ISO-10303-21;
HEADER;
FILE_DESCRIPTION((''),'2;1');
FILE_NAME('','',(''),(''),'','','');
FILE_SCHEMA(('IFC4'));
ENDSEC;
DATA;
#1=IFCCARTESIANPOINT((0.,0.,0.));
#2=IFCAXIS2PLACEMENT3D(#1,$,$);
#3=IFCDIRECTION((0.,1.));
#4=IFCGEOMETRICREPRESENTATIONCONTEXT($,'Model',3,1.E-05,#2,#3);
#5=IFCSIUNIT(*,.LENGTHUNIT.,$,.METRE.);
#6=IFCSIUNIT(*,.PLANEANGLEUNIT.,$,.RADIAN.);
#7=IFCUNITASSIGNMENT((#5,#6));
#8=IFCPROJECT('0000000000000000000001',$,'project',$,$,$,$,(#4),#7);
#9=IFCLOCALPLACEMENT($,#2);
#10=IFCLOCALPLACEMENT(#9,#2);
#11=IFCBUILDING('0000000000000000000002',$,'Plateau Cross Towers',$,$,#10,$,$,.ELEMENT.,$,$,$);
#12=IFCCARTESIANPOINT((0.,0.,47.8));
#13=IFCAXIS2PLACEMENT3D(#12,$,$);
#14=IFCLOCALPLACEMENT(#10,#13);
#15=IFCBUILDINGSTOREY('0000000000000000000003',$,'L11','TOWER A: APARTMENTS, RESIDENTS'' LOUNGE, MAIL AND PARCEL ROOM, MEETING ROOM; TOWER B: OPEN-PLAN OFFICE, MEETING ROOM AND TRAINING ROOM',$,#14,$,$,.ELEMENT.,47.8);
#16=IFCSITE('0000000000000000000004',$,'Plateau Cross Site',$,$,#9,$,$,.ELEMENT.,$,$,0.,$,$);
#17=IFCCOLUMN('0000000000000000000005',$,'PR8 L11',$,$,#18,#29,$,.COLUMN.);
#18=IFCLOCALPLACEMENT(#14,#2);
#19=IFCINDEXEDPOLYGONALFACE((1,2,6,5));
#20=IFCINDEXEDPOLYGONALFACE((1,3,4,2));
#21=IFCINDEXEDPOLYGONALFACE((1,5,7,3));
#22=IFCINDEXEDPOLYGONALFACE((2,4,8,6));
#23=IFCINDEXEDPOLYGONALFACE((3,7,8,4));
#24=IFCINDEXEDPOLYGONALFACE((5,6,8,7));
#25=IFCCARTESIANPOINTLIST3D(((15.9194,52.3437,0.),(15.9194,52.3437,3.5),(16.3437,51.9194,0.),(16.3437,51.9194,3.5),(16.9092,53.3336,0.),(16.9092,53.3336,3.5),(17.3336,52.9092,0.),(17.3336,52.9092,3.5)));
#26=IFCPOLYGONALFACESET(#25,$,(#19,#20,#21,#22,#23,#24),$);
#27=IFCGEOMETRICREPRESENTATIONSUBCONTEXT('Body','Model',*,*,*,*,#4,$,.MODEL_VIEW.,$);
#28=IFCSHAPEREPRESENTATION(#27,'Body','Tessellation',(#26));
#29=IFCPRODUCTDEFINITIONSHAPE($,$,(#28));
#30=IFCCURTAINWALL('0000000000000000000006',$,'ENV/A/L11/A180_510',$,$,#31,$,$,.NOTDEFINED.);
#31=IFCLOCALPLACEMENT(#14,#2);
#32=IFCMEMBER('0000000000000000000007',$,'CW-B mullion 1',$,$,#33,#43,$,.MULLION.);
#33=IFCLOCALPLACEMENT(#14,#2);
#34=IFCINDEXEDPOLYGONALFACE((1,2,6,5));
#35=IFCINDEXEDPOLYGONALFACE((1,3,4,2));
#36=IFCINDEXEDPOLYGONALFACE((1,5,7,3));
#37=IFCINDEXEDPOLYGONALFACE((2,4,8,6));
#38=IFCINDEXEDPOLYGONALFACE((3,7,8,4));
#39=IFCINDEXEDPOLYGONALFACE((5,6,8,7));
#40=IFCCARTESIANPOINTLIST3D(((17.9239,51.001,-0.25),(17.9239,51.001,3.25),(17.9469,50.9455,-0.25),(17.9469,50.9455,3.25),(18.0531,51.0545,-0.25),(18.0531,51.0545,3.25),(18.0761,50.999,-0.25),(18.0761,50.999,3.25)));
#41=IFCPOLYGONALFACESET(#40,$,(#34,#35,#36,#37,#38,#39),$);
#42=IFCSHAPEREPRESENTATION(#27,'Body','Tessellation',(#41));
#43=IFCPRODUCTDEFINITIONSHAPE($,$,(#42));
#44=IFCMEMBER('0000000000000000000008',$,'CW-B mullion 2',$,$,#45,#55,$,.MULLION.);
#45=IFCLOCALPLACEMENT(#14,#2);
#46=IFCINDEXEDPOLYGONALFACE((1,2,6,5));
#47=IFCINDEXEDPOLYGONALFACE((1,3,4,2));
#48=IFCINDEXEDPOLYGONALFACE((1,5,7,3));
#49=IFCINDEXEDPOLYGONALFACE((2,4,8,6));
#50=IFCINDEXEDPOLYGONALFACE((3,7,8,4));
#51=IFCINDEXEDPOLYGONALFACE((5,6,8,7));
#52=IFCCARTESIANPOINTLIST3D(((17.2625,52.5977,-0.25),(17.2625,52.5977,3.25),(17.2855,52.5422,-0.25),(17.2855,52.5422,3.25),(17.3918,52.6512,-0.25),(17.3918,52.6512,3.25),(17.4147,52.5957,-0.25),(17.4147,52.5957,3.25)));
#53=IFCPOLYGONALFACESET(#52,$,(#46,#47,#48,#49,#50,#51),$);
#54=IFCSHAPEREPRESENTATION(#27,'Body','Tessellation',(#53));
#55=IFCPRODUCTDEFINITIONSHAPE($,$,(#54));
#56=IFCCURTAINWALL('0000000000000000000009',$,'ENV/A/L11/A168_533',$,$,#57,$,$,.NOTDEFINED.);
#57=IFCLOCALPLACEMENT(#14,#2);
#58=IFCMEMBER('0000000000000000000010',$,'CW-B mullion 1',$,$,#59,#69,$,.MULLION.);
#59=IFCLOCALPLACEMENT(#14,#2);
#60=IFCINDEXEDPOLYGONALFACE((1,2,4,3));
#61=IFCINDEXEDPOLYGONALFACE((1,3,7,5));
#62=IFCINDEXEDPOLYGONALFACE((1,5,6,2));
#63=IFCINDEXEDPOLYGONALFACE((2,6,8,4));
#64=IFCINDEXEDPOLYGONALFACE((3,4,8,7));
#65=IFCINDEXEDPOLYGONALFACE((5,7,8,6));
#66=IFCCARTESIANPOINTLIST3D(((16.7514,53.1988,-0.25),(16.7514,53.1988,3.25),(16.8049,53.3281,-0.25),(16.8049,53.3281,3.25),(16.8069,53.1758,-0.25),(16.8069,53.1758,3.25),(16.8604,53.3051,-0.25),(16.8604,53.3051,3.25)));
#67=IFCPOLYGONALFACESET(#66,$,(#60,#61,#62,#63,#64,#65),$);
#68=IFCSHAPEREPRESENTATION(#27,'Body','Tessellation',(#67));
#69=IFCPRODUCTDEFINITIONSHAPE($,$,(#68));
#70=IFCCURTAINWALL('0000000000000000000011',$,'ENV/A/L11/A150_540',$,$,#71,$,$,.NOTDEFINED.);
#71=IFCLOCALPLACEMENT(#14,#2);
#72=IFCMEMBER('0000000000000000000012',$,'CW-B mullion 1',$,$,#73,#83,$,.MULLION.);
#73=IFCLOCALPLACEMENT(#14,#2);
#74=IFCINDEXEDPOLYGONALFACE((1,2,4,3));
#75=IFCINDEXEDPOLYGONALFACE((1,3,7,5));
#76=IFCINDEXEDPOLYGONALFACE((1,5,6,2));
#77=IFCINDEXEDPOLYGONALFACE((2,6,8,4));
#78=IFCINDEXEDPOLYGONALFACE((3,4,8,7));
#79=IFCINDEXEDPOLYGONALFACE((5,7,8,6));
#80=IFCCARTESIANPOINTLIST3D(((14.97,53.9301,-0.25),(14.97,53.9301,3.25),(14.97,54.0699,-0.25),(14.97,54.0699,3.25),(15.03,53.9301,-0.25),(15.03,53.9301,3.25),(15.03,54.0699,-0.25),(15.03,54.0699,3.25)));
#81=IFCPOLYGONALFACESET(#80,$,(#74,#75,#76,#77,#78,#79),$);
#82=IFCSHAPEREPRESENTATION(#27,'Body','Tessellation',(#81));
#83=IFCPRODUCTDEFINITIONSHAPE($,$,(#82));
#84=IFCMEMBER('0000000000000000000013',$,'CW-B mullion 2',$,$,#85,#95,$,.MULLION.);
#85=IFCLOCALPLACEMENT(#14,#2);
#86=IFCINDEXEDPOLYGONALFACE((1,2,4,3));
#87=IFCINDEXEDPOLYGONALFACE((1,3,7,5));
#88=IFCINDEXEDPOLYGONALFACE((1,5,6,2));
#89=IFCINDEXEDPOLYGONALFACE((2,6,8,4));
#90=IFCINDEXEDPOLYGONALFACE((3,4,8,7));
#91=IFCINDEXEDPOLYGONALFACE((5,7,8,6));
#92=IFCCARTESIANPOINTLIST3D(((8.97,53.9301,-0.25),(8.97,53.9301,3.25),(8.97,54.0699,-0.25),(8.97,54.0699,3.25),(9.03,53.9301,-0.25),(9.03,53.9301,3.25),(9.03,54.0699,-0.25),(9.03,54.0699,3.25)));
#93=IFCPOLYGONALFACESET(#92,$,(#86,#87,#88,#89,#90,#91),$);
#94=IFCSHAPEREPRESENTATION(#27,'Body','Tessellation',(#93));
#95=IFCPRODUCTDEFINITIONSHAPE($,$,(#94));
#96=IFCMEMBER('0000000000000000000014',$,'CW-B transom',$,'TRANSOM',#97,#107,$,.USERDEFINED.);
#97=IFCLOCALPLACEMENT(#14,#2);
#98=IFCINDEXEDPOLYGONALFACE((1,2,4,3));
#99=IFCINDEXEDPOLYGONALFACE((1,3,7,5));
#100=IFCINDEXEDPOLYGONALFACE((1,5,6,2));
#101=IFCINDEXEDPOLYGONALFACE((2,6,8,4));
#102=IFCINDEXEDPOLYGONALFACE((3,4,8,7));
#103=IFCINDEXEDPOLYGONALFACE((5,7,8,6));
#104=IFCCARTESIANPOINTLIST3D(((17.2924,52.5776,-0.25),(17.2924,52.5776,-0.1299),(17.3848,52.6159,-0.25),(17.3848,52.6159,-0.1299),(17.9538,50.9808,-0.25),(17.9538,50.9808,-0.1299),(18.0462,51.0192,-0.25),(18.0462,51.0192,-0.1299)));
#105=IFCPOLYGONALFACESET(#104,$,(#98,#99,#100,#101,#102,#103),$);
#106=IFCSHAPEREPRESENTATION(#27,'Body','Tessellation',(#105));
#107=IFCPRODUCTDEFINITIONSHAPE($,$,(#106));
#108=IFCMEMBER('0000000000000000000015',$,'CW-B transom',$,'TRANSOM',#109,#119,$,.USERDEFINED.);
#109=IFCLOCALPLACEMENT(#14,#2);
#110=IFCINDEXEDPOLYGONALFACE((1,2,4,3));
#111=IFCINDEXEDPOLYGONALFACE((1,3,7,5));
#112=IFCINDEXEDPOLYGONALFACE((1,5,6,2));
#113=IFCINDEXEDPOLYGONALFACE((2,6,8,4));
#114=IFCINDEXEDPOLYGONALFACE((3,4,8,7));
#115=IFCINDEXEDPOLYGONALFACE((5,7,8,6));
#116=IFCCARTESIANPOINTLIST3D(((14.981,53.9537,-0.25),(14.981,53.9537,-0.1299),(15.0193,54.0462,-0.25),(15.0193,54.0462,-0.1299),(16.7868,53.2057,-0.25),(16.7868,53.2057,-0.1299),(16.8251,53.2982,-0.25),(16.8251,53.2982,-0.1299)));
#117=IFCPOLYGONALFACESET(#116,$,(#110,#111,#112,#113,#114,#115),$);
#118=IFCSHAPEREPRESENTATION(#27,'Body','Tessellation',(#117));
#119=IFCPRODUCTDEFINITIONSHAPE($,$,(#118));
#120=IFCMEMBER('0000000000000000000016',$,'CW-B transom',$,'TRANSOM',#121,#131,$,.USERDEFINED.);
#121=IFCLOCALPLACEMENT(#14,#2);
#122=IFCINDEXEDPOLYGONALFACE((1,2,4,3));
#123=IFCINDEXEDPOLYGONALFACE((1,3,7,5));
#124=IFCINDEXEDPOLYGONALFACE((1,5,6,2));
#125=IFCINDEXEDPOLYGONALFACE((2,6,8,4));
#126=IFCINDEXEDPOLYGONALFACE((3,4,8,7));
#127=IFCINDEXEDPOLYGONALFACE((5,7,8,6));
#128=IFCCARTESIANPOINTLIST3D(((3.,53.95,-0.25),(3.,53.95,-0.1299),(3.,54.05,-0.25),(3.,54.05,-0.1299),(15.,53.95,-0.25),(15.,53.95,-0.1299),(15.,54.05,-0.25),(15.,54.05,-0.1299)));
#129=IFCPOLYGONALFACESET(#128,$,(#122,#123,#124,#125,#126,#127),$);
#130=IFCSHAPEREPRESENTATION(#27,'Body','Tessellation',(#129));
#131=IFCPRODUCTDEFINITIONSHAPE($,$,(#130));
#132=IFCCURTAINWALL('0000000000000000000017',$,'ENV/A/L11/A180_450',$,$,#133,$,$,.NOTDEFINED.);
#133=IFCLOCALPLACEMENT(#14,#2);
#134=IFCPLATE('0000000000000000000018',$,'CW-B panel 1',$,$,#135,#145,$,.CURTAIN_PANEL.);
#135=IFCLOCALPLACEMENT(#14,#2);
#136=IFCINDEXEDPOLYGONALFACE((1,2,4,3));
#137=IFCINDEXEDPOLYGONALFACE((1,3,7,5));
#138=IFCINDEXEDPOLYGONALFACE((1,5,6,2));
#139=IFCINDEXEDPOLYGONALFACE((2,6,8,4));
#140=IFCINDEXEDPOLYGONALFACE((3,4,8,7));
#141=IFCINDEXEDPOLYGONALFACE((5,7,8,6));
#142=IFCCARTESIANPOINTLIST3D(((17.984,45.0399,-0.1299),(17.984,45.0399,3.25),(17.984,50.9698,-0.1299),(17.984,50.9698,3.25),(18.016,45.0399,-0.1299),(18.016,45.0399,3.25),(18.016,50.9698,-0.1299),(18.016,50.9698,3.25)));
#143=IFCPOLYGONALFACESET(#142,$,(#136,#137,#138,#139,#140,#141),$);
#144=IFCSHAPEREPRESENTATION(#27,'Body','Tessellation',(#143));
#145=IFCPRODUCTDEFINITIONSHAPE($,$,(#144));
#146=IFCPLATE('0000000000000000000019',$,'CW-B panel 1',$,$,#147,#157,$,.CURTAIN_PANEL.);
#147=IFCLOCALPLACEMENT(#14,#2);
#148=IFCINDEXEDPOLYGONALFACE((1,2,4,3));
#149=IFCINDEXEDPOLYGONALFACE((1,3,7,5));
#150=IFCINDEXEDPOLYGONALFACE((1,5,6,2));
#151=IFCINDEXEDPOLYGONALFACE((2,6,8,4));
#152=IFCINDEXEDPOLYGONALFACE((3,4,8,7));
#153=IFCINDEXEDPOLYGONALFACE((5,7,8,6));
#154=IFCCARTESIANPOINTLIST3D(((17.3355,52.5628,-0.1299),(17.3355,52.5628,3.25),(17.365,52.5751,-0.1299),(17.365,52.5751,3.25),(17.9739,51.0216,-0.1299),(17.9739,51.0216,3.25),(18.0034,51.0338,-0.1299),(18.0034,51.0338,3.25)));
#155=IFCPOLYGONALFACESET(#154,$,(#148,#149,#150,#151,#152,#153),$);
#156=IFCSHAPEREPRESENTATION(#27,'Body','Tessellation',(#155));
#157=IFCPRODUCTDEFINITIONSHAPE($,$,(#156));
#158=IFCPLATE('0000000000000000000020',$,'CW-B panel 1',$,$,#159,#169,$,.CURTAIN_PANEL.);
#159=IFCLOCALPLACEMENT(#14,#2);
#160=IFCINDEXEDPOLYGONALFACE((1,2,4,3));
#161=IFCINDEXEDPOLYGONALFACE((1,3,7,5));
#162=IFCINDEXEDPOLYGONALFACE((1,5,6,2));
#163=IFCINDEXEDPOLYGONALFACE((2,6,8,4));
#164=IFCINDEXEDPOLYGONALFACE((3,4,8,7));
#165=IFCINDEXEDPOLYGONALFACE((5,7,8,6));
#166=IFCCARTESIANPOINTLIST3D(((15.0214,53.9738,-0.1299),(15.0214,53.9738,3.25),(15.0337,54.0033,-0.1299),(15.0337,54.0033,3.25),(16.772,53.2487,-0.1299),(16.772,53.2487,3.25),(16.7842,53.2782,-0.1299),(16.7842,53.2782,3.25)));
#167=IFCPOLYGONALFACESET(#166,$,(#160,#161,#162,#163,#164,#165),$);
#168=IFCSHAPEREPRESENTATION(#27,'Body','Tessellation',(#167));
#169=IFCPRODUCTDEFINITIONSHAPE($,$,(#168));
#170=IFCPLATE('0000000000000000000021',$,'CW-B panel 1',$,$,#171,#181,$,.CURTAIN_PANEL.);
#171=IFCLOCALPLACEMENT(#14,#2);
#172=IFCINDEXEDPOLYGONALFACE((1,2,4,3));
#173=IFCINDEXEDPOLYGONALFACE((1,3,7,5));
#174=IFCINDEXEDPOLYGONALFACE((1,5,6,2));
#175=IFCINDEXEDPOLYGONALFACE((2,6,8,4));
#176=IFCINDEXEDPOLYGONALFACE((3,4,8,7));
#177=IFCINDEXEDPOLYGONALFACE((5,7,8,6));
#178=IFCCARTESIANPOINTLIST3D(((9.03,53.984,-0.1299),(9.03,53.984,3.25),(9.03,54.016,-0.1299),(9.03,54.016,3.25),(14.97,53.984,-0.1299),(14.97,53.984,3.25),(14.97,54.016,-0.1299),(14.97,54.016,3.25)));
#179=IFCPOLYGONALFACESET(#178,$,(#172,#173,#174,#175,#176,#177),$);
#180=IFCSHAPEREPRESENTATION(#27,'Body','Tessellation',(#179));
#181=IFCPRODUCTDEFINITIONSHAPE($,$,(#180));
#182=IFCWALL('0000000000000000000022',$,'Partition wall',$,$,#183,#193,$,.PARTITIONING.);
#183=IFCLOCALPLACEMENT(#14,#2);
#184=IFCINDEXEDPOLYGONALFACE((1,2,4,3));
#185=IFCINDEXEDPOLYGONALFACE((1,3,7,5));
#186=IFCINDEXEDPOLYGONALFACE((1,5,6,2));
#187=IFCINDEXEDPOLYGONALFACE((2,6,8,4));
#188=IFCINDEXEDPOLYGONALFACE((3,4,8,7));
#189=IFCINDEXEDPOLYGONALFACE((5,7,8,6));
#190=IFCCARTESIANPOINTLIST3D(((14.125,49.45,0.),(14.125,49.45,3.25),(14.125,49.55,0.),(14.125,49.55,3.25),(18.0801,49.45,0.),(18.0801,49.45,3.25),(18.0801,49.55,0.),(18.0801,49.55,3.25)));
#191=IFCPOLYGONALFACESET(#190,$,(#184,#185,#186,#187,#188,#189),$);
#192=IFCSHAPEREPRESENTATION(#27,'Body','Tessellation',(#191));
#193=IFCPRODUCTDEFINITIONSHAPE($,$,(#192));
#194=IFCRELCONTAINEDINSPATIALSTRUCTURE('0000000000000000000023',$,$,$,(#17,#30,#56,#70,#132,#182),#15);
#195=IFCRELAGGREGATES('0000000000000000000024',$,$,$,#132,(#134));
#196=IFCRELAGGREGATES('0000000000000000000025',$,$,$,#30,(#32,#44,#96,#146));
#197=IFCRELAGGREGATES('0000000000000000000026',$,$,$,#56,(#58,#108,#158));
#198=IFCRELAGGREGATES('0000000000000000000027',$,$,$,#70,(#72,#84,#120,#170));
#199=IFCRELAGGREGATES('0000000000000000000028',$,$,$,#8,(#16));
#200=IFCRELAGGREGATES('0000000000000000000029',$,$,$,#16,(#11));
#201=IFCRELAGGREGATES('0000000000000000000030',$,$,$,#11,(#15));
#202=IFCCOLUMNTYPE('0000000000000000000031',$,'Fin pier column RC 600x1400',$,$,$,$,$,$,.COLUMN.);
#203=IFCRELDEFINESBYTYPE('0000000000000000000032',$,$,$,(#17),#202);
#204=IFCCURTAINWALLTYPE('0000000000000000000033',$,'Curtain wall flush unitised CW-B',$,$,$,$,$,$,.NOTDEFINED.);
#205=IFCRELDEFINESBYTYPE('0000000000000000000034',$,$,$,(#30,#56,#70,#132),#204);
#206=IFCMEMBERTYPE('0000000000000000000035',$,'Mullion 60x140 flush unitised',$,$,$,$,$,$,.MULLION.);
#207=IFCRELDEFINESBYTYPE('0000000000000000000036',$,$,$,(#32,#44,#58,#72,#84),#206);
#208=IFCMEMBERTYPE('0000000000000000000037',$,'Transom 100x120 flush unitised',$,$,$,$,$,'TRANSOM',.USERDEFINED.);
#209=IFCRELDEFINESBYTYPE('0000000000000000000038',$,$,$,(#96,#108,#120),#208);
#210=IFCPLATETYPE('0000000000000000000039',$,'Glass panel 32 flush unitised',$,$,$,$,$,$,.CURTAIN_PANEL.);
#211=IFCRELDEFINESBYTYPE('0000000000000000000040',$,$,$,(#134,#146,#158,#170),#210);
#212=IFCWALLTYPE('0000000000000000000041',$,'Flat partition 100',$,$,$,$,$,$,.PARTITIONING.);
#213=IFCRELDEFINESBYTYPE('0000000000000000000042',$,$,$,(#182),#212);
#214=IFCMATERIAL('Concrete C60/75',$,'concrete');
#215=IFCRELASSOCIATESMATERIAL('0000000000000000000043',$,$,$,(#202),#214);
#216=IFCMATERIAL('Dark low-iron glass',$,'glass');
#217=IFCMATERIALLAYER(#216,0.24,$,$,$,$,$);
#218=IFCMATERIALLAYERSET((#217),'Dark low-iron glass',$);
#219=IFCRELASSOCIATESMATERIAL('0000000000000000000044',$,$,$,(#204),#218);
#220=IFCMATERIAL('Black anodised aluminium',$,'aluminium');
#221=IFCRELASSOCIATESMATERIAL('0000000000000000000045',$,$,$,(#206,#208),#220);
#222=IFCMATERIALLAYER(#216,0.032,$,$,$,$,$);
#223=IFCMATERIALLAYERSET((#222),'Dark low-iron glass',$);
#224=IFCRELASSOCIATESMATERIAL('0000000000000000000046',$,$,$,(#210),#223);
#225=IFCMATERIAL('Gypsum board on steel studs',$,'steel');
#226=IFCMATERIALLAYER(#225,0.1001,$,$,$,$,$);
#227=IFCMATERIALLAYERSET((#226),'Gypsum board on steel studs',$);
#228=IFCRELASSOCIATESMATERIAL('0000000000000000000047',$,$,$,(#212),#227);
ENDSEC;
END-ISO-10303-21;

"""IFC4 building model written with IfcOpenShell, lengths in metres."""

from ifc_helpers import new_model, si_unit, direction, frame, frame_2d, origin, origin_2d, place, context, subcontext, project, spatial, rectangle, extrude, material, layer, layer_set, material_profile, profile_set, type_object, element, aggregate, save


model = new_model("IFC4")

# Units and contexts
model_context = context("Model", 3, precision=1e-05, world=origin(), true_north=direction((0.0, 1.0)))
body_context = subcontext(model_context, "Body", "Model", "MODEL_VIEW")
ifc_project = project(units=[si_unit("LENGTHUNIT", "METRE"), si_unit("PLANEANGLEUNIT", "RADIAN")], contexts=[model_context])

# Site, building, storey
site_placement = place(None, origin())
site = spatial("IfcSite", under=ifc_project, at=site_placement, Name="Plateau Cross Site", CompositionType="ELEMENT", RefElevation=0.0)
building_placement = place(site_placement, origin())
building = spatial("IfcBuilding", under=site, at=building_placement, Name="Plateau Cross Towers", CompositionType="ELEMENT")
storey_placement = place(building_placement, frame((0.0, 0.0, 47.8)))
storey = spatial("IfcBuildingStorey", under=building, at=storey_placement, Name="L11", Description="TOWER A: APARTMENTS, RESIDENTS' LOUNGE, MAIL AND PARCEL ROOM, MEETING ROOM; TOWER B: OPEN-PLAN OFFICE, MEETING ROOM AND TRAINING ROOM", CompositionType="ELEMENT", Elevation=47.8)

# Column
ifc_material_1 = material(Name="Concrete C60/75", Category="concrete")
ifc_material_profile_1 = material_profile(ifc_material_1, rectangle(XDim=0.6001, YDim=1.3999, at=origin_2d()), Name="RC 600x1400")
ifc_profile_set_1 = profile_set([ifc_material_profile_1], Name="Concrete C60/75")
column_type = type_object("IfcColumnType", Name="Fin pier column RC 600x1400", PredefinedType="COLUMN", material=ifc_profile_set_1)
column_placement = place(storey_placement, frame((16.6265, 52.6265, 0.0), z_axis=(0.0, 0.0, 1.0), x_axis=(-0.707107, 0.707107, 0.0)))
element("IfcColumn", 1, at=column_placement, inside=storey, type_object=column_type, Name="PR8 L11", PredefinedType="COLUMN", context=body_context, shape_type="SweptSolid", body=[
    extrude(rectangle(XDim=0.6001, YDim=1.3999, at=origin_2d()), origin(), (0.0, 0.0, 1.0), 3.5),
])

# Curtain wall, members
ifc_material_2 = material(Name="Dark low-iron glass", Category="glass")
ifc_layer_1 = layer(ifc_material_2, 0.24)
ifc_layer_set_1 = layer_set([ifc_layer_1], Name="Dark low-iron glass")
curtain_wall_type = type_object("IfcCurtainWallType", Name="Curtain wall flush unitised CW-B", PredefinedType="NOTDEFINED", material=ifc_layer_set_1)
curtain_wall_1_placement = place(storey_placement, origin())
curtain_wall_1 = element("IfcCurtainWall", 2, at=curtain_wall_1_placement, inside=storey, type_object=curtain_wall_type, Name="ENV/A/L11/A180_510", PredefinedType="NOTDEFINED")
ifc_material_3 = material(Name="Black anodised aluminium", Category="aluminium")
ifc_material_profile_2 = material_profile(ifc_material_3, rectangle(XDim=0.0601, YDim=0.1399, at=origin_2d()), Name="MULLION 60x140")
ifc_profile_set_2 = profile_set([ifc_material_profile_2], Name="Black anodised aluminium")
member_type_1 = type_object("IfcMemberType", Name="Mullion 60x140 flush unitised", PredefinedType="MULLION", material=ifc_profile_set_2)
member_1_placement = place(storey_placement, frame((18.0, 51.0, -0.25), z_axis=(0.0, 0.0, 1.0), x_axis=(-0.382684, 0.923879, 0.0)))
member_1 = element("IfcMember", 3, at=member_1_placement, type_object=member_type_1, Name="CW-B mullion 1", PredefinedType="MULLION", context=body_context, shape_type="SweptSolid", body=[
    extrude(rectangle(XDim=0.0601, YDim=0.1399, at=origin_2d()), origin(), (0.0, 0.0, 1.0), 3.5),
])
member_2_placement = place(storey_placement, frame((17.3386, 52.5967, -0.25), z_axis=(0.0, 0.0, 1.0), x_axis=(-0.382684, 0.923879, 0.0)))
member_2 = element("IfcMember", 4, at=member_2_placement, type_object=member_type_1, Name="CW-B mullion 2", PredefinedType="MULLION", context=body_context, shape_type="SweptSolid", body=[
    extrude(rectangle(XDim=0.0601, YDim=0.1399, at=origin_2d()), origin(), (0.0, 0.0, 1.0), 3.5),
])

# Curtain wall, member
curtain_wall_2_placement = place(storey_placement, origin())
curtain_wall_2 = element("IfcCurtainWall", 5, at=curtain_wall_2_placement, inside=storey, type_object=curtain_wall_type, Name="ENV/A/L11/A168_533", PredefinedType="NOTDEFINED")
member_3_placement = place(storey_placement, frame((16.8059, 53.252, -0.25), z_axis=(0.0, 0.0, 1.0), x_axis=(-0.923879, 0.382684, 0.0)))
member_3 = element("IfcMember", 6, at=member_3_placement, type_object=member_type_1, Name="CW-B mullion 1", PredefinedType="MULLION", context=body_context, shape_type="SweptSolid", body=[
    extrude(rectangle(XDim=0.0601, YDim=0.1399, at=origin_2d()), origin(), (0.0, 0.0, 1.0), 3.5),
])

# Curtain wall, members
curtain_wall_3_placement = place(storey_placement, origin())
curtain_wall_3 = element("IfcCurtainWall", 7, at=curtain_wall_3_placement, inside=storey, type_object=curtain_wall_type, Name="ENV/A/L11/A150_540", PredefinedType="NOTDEFINED")
member_4_placement = place(storey_placement, frame((15.0, 54.0, -0.25), z_axis=(0.0, 0.0, 1.0), x_axis=(-1.0, 0.0, 0.0)))
member_4 = element("IfcMember", 8, at=member_4_placement, type_object=member_type_1, Name="CW-B mullion 1", PredefinedType="MULLION", context=body_context, shape_type="SweptSolid", body=[
    extrude(rectangle(XDim=0.0601, YDim=0.1399, at=origin_2d()), origin(), (0.0, 0.0, 1.0), 3.5),
])
member_5_placement = place(storey_placement, frame((9.0, 54.0, -0.25), z_axis=(0.0, 0.0, 1.0), x_axis=(-1.0, 0.0, 0.0)))
member_5 = element("IfcMember", 9, at=member_5_placement, type_object=member_type_1, Name="CW-B mullion 2", PredefinedType="MULLION", context=body_context, shape_type="SweptSolid", body=[
    extrude(rectangle(XDim=0.0601, YDim=0.1399, at=origin_2d()), origin(), (0.0, 0.0, 1.0), 3.5),
])

# Members
ifc_material_profile_3 = material_profile(ifc_material_3, rectangle(XDim=0.1001, YDim=0.1201, at=origin_2d()), Name="TRANSOM 100x120")
ifc_profile_set_3 = profile_set([ifc_material_profile_3], Name="Black anodised aluminium")
member_type_2 = type_object("IfcMemberType", Name="Transom 100x120 flush unitised", ElementType="TRANSOM", PredefinedType="USERDEFINED", material=ifc_profile_set_3)
member_6_placement = place(storey_placement, frame((18.0, 51.0, -0.1899), z_axis=(-0.382689, 0.923877, 0.0), x_axis=(-0.923877, -0.382689, 0.0)))
member_6 = element("IfcMember", 10, at=member_6_placement, type_object=member_type_2, Name="CW-B transom", ObjectType="TRANSOM", PredefinedType="USERDEFINED", context=body_context, shape_type="SweptSolid", body=[
    extrude(rectangle(XDim=0.1001, YDim=0.1201, at=origin_2d()), origin(), (0.0, 0.0, 1.0), 1.7283),
])
member_7_placement = place(storey_placement, frame((16.8059, 53.252, -0.1899), z_axis=(-0.923877, 0.38269, 0.0), x_axis=(-0.38269, -0.923877, 0.0)))
member_7 = element("IfcMember", 11, at=member_7_placement, type_object=member_type_2, Name="CW-B transom", ObjectType="TRANSOM", PredefinedType="USERDEFINED", context=body_context, shape_type="SweptSolid", body=[
    extrude(rectangle(XDim=0.1001, YDim=0.1201, at=origin_2d()), origin(), (0.0, 0.0, 1.0), 1.9546),
])
member_8_placement = place(storey_placement, frame((15.0, 54.0, -0.1899), z_axis=(-1.0, 0.0, 0.0), x_axis=(0.0, -1.0, 0.0)))
member_8 = element("IfcMember", 12, at=member_8_placement, type_object=member_type_2, Name="CW-B transom", ObjectType="TRANSOM", PredefinedType="USERDEFINED", context=body_context, shape_type="SweptSolid", body=[
    extrude(rectangle(XDim=0.1001, YDim=0.1201, at=origin_2d()), origin(), (0.0, 0.0, 1.0), 12.0),
])

# Curtain wall, plate
curtain_wall_4_placement = place(storey_placement, origin())
curtain_wall_4 = element("IfcCurtainWall", 13, at=curtain_wall_4_placement, inside=storey, type_object=curtain_wall_type, Name="ENV/A/L11/A180_450", PredefinedType="NOTDEFINED")
ifc_layer_2 = layer(ifc_material_2, 0.032)
ifc_layer_set_2 = layer_set([ifc_layer_2], Name="Dark low-iron glass")
plate_type = type_object("IfcPlateType", Name="Glass panel 32 flush unitised", PredefinedType="CURTAIN_PANEL", material=ifc_layer_set_2)
plate_1_placement = place(storey_placement, frame((18.0, 48.0049, -0.1299), z_axis=(0.0, 0.0, 1.0), x_axis=(0.0, 1.0, 0.0)))
plate_1 = element("IfcPlate", 14, at=plate_1_placement, type_object=plate_type, Name="CW-B panel 1", PredefinedType="CURTAIN_PANEL", context=body_context, shape_type="SweptSolid", body=[
    extrude(rectangle(XDim=5.9299, YDim=0.032, at=origin_2d()), origin(), (0.0, 0.0, 1.0), 3.3799),
])
aggregate(curtain_wall_4, [plate_1])

# Plates
plate_2_placement = place(storey_placement, frame((17.6694, 51.7983, -0.1299), z_axis=(0.0, 0.0, 1.0), x_axis=(-0.382684, 0.923879, 0.0)))
plate_2 = element("IfcPlate", 15, at=plate_2_placement, type_object=plate_type, Name="CW-B panel 1", PredefinedType="CURTAIN_PANEL", context=body_context, shape_type="SweptSolid", body=[
    extrude(rectangle(XDim=1.6682, YDim=0.032, at=origin_2d()), origin(), (0.0, 0.0, 1.0), 3.3799),
])
aggregate(curtain_wall_1, [member_1, member_2, member_6, plate_2])
plate_3_placement = place(storey_placement, frame((15.9028, 53.626, -0.1299), z_axis=(0.0, 0.0, 1.0), x_axis=(-0.923879, 0.382684, 0.0)))
plate_3 = element("IfcPlate", 16, at=plate_3_placement, type_object=plate_type, Name="CW-B panel 1", PredefinedType="CURTAIN_PANEL", context=body_context, shape_type="SweptSolid", body=[
    extrude(rectangle(XDim=1.8948, YDim=0.032, at=origin_2d()), origin(), (0.0, 0.0, 1.0), 3.3799),
])
aggregate(curtain_wall_2, [member_3, member_7, plate_3])
plate_4_placement = place(storey_placement, frame((12.0, 54.0, -0.1299), z_axis=(0.0, 0.0, 1.0), x_axis=(-1.0, 0.0, 0.0)))
plate_4 = element("IfcPlate", 17, at=plate_4_placement, type_object=plate_type, Name="CW-B panel 1", PredefinedType="CURTAIN_PANEL", context=body_context, shape_type="SweptSolid", body=[
    extrude(rectangle(XDim=5.9399, YDim=0.032, at=origin_2d()), origin(), (0.0, 0.0, 1.0), 3.3799),
])
aggregate(curtain_wall_3, [member_4, member_5, member_8, plate_4])

# Wall
ifc_material_4 = material(Name="Gypsum board on steel studs", Category="steel")
ifc_layer_3 = layer(ifc_material_4, 0.1001)
ifc_layer_set_3 = layer_set([ifc_layer_3], Name="Gypsum board on steel studs")
wall_type = type_object("IfcWallType", Name="Flat partition 100", PredefinedType="PARTITIONING", material=ifc_layer_set_3)
wall_1_placement = place(storey_placement, frame((18.0801, 49.5, 0.0), z_axis=(0.0, 0.0, 1.0), x_axis=(-1.0, 0.0, 0.0)))
element("IfcWall", 18, at=wall_1_placement, inside=storey, type_object=wall_type, Name="Partition wall", PredefinedType="PARTITIONING", context=body_context, shape_type="SweptSolid", body=[
    extrude(rectangle(XDim=3.9551, YDim=0.1001, at=frame_2d((1.9775, 0.0))), origin(), (0.0, 0.0, 1.0), 3.25),
])

save(model, "model.ifc")
